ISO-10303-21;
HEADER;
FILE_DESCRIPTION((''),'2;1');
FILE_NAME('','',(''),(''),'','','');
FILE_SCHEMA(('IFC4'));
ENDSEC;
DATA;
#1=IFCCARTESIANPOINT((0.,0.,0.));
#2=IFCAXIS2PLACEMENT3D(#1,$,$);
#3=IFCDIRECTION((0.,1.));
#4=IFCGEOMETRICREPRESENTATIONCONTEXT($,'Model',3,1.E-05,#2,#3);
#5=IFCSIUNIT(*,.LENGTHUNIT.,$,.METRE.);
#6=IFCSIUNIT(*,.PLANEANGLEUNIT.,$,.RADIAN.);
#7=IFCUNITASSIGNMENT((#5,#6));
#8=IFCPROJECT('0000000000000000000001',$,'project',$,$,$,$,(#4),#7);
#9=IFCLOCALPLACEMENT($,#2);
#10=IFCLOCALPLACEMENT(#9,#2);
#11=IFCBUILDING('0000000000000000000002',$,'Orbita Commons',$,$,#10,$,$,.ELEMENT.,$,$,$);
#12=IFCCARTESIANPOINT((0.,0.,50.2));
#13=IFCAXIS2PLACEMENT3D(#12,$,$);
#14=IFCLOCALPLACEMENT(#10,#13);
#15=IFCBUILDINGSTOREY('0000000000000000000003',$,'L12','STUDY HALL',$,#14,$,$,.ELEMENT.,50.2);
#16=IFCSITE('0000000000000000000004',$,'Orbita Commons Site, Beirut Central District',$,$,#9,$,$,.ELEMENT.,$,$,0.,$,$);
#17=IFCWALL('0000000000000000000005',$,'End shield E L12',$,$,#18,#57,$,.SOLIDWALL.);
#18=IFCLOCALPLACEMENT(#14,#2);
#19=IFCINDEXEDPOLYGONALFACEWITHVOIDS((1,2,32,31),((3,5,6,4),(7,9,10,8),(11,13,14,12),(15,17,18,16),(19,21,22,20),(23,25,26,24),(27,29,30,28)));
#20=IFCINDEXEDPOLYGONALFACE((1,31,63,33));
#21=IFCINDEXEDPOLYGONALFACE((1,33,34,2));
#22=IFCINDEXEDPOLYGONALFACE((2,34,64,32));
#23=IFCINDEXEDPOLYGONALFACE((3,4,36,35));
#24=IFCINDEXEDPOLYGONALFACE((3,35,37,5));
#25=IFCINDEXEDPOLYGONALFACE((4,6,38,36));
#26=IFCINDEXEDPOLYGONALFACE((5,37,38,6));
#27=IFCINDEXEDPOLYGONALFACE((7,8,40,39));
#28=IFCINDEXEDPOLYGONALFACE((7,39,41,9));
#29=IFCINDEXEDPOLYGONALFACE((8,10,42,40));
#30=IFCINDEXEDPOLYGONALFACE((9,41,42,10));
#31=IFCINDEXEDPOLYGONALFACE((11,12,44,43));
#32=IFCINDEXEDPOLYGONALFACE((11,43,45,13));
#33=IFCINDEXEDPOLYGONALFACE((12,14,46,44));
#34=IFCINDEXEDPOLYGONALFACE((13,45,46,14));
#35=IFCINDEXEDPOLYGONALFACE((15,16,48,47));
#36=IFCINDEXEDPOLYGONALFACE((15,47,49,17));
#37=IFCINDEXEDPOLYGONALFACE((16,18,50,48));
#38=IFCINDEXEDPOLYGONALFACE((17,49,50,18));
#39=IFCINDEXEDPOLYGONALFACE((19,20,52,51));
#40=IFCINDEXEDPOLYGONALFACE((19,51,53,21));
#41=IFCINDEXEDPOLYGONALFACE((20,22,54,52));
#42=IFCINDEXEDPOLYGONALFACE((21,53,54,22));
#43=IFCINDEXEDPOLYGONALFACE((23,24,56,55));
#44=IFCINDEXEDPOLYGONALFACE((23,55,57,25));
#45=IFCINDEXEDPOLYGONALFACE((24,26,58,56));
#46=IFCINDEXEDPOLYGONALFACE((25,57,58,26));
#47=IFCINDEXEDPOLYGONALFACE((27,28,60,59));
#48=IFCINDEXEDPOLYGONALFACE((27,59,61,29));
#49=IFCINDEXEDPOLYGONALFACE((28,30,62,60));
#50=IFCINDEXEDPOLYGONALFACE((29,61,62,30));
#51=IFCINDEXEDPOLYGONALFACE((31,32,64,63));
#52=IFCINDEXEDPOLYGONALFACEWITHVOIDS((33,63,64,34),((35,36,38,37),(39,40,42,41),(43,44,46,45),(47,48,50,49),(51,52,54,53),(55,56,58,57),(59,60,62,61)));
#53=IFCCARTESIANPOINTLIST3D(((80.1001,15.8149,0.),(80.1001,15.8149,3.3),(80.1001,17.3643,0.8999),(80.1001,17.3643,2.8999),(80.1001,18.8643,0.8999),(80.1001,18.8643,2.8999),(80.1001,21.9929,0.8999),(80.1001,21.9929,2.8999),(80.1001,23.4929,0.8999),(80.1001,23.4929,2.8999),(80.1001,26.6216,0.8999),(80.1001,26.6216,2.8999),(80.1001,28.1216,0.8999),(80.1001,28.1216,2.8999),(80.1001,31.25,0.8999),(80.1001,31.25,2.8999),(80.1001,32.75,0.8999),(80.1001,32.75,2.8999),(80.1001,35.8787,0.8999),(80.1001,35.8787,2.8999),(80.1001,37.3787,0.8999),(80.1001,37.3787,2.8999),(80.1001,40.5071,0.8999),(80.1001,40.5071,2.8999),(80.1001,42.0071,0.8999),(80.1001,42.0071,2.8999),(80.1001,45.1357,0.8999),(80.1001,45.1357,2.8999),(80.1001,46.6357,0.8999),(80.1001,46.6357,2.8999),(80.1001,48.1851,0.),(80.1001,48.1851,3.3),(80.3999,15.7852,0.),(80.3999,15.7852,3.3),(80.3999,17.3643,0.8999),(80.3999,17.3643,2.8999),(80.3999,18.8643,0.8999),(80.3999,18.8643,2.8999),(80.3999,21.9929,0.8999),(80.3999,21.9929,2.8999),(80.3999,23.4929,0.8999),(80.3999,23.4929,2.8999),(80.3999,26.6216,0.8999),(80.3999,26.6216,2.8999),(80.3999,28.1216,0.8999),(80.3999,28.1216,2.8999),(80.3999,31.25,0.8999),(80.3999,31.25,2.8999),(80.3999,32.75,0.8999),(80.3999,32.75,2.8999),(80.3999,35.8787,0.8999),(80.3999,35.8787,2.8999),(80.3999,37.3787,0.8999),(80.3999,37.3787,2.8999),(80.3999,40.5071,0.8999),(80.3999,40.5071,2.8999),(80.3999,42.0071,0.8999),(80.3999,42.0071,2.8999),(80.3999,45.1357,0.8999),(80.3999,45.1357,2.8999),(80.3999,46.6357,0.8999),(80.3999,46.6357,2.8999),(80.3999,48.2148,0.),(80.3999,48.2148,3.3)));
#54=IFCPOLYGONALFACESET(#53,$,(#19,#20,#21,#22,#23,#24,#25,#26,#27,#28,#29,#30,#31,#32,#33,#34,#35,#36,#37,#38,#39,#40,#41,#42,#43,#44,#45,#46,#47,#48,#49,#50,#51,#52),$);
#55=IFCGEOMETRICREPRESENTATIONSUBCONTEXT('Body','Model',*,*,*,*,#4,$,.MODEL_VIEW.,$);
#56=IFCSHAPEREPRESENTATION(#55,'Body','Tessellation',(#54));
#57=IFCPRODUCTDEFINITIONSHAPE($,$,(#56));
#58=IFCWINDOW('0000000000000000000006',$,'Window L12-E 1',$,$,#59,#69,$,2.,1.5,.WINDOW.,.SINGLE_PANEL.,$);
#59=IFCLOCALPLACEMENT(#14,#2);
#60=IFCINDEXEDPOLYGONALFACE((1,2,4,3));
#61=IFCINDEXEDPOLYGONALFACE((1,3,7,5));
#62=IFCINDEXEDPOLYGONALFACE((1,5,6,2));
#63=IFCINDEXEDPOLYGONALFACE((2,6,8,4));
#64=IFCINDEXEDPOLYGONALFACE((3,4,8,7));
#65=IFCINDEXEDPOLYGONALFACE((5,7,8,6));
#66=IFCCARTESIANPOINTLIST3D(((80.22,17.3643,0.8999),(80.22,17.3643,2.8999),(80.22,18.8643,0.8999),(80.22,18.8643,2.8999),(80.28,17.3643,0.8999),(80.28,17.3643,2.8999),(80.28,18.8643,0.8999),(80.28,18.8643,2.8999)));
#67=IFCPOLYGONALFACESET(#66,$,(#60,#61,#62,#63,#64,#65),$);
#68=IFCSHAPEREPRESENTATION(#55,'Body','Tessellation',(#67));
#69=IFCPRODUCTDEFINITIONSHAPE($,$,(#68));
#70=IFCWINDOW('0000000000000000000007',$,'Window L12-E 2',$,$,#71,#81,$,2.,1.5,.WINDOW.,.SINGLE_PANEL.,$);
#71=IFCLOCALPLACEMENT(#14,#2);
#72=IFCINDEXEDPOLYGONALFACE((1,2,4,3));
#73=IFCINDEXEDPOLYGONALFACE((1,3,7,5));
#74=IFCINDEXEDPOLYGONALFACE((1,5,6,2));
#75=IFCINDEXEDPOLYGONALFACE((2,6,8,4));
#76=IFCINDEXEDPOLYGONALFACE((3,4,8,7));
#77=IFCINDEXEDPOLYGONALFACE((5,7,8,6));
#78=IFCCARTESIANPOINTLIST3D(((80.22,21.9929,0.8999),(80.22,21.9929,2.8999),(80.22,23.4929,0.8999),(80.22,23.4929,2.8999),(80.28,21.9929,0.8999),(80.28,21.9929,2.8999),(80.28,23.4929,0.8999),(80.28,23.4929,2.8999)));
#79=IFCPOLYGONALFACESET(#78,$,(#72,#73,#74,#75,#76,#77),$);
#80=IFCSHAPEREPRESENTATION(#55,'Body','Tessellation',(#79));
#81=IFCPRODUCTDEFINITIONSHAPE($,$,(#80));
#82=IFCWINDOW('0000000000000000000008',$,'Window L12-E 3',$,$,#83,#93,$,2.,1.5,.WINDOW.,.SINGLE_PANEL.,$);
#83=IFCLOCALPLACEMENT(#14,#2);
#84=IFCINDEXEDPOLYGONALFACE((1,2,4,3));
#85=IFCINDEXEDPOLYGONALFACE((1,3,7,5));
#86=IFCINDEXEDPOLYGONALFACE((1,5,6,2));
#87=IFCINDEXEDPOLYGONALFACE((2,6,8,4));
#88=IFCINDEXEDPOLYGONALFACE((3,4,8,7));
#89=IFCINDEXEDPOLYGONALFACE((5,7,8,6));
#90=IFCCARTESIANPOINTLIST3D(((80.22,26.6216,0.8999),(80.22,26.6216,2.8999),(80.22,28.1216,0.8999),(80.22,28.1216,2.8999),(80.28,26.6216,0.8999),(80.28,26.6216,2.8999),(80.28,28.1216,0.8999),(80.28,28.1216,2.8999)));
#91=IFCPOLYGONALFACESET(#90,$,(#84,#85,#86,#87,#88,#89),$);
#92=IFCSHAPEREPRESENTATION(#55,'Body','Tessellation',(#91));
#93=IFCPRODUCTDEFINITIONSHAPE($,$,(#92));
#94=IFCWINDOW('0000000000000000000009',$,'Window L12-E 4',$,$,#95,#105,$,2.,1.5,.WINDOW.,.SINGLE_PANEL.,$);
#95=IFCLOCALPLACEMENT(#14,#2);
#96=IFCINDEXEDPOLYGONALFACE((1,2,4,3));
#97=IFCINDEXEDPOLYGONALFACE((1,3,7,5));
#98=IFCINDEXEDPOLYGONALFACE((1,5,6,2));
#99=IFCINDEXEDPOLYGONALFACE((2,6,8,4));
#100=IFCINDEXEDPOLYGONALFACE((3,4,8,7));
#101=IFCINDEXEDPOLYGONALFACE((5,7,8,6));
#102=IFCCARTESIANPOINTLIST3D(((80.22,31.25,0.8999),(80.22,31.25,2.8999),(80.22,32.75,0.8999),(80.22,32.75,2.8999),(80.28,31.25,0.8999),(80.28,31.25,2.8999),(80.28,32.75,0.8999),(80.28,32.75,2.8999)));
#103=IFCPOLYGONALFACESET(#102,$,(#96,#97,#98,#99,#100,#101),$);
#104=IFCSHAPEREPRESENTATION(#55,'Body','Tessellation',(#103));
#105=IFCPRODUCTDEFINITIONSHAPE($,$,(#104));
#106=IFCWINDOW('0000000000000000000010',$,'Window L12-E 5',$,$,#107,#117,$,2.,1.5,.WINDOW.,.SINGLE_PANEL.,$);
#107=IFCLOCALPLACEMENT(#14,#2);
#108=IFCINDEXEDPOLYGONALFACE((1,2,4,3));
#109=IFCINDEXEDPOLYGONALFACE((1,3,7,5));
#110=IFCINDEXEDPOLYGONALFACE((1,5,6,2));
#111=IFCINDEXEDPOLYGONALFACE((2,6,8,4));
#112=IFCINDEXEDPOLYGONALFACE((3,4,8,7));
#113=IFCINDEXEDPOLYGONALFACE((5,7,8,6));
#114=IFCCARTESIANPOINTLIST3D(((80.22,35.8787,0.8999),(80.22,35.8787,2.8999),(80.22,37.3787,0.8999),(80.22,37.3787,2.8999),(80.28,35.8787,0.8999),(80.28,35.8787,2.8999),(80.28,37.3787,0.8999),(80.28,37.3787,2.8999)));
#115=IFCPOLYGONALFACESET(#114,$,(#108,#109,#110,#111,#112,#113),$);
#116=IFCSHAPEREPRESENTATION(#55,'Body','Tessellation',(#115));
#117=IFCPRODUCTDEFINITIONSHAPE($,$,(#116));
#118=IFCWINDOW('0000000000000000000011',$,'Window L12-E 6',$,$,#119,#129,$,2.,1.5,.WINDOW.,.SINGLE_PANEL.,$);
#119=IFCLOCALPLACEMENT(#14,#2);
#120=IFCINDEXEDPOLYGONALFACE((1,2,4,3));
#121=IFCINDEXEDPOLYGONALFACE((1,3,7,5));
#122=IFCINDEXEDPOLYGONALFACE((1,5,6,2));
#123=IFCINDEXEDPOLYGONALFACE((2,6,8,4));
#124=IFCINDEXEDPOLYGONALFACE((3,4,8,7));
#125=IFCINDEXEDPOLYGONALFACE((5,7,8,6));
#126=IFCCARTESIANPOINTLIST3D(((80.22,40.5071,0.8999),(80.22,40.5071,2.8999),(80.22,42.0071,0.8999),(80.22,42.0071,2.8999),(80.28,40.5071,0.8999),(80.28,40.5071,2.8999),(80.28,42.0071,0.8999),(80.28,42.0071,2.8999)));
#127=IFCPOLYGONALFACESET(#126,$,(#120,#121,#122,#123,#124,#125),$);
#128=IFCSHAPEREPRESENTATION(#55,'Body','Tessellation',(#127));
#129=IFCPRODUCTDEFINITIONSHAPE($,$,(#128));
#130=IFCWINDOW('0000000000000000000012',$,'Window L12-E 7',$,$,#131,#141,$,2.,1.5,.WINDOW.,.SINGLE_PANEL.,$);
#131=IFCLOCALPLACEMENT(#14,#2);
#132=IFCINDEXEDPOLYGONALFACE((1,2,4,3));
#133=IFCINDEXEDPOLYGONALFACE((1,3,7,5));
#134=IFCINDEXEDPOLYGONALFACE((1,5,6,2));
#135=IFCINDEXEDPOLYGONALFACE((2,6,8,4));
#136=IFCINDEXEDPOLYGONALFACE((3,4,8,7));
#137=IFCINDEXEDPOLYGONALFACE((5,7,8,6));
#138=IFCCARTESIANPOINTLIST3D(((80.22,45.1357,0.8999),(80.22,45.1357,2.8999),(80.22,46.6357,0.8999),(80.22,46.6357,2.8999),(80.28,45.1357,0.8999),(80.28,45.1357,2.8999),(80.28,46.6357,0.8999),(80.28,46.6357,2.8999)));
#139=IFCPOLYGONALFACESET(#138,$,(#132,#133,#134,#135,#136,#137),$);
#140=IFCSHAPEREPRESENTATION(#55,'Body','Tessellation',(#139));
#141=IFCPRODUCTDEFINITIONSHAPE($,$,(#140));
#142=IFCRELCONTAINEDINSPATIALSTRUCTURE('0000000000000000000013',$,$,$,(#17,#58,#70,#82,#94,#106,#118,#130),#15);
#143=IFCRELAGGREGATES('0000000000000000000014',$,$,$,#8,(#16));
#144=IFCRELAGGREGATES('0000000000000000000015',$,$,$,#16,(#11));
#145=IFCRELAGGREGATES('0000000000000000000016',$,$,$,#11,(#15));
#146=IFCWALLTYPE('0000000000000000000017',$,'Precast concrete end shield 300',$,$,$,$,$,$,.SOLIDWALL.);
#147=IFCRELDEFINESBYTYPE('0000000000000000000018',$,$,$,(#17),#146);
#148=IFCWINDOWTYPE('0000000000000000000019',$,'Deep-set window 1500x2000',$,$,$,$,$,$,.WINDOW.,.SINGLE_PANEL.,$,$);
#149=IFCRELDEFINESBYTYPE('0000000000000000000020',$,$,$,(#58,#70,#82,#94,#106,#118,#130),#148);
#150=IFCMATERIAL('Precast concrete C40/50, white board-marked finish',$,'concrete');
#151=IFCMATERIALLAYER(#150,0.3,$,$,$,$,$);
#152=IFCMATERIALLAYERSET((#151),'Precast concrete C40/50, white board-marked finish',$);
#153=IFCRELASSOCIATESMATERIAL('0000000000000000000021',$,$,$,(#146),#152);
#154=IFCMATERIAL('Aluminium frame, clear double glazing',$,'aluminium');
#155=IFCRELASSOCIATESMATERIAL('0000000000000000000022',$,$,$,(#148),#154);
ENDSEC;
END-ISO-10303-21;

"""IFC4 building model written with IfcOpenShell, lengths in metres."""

from ifc_helpers import new_model, si_unit, direction, frame, frame_2d, origin, place, context, subcontext, project, spatial, polyline, rectangle, outline, extrude, material, layer, layer_set, type_object, element, fill, save


model = new_model("IFC4")

# Units and contexts
model_context = context("Model", 3, precision=1e-05, world=origin(), true_north=direction((0.0, 1.0)))
body_context = subcontext(model_context, "Body", "Model", "MODEL_VIEW")
ifc_project = project(units=[si_unit("LENGTHUNIT", "METRE"), si_unit("PLANEANGLEUNIT", "RADIAN")], contexts=[model_context])

# Site, building, storey
site_placement = place(None, origin())
site = spatial("IfcSite", under=ifc_project, at=site_placement, Name="Orbita Commons Site, Beirut Central District", CompositionType="ELEMENT", RefElevation=0.0)
building_placement = place(site_placement, origin())
building = spatial("IfcBuilding", under=site, at=building_placement, Name="Orbita Commons", CompositionType="ELEMENT")
storey_placement = place(building_placement, frame((0.0, 0.0, 50.2)))
storey = spatial("IfcBuildingStorey", under=building, at=storey_placement, Name="L12", Description="STUDY HALL", CompositionType="ELEMENT", Elevation=50.2)

# Wall, openings, windows
ifc_material_1 = material(Name="Precast concrete C40/50, white board-marked finish", Category="concrete")
ifc_layer_1 = layer(ifc_material_1, 0.3)
ifc_layer_set_1 = layer_set([ifc_layer_1], Name="Precast concrete C40/50, white board-marked finish")
wall_type_1 = type_object("IfcWallType", Name="Precast concrete end shield 300", PredefinedType="SOLIDWALL", material=ifc_layer_set_1)
wall_1_placement = place(storey_placement, frame((80.25, 15.8, 0.0), z_axis=(0.0, 0.0, 1.0), x_axis=(0.0, 1.0, 0.0)))
wall_1 = element("IfcWall", 1, at=wall_1_placement, inside=storey, type_object=wall_type_1, Name="End shield E L12", PredefinedType="SOLIDWALL", context=body_context, shape_type="SweptSolid", body=[
    extrude(outline(polyline([(-0.0149, -0.1499), (32.4148, -0.1499), (32.385, 0.1499), (0.0149, 0.1499), (-0.0149, -0.1499)])), origin(), (0.0, 0.0, 1.0), 3.3),
])
opening_1_placement = place(wall_1_placement, frame((1.5642, 0.0, 0.8999)))
opening_1 = element("IfcOpeningElement", 2, at=opening_1_placement, cuts=wall_1, PredefinedType="OPENING", context=body_context, shape_type="SweptSolid", body=[
    extrude(rectangle(XDim=1.5, YDim=2.0, at=frame_2d((0.75, 1.0))), frame((0.0, 0.1599, 0.0), z_axis=(0.0, -1.0, 0.0), x_axis=(1.0, 0.0, 0.0)), (0.0, 0.0, 1.0), 0.3201),
])
opening_2_placement = place(wall_1_placement, frame((6.1929, 0.0, 0.8999)))
opening_2 = element("IfcOpeningElement", 3, at=opening_2_placement, cuts=wall_1, PredefinedType="OPENING", context=body_context, shape_type="SweptSolid", body=[
    extrude(rectangle(XDim=1.5, YDim=2.0, at=frame_2d((0.75, 1.0))), frame((0.0, 0.1599, 0.0), z_axis=(0.0, -1.0, 0.0), x_axis=(1.0, 0.0, 0.0)), (0.0, 0.0, 1.0), 0.3201),
])
opening_3_placement = place(wall_1_placement, frame((10.8215, 0.0, 0.8999)))
opening_3 = element("IfcOpeningElement", 4, at=opening_3_placement, cuts=wall_1, PredefinedType="OPENING", context=body_context, shape_type="SweptSolid", body=[
    extrude(rectangle(XDim=1.5, YDim=2.0, at=frame_2d((0.75, 1.0))), frame((0.0, 0.1599, 0.0), z_axis=(0.0, -1.0, 0.0), x_axis=(1.0, 0.0, 0.0)), (0.0, 0.0, 1.0), 0.3201),
])
opening_4_placement = place(wall_1_placement, frame((15.45, 0.0, 0.8999)))
opening_4 = element("IfcOpeningElement", 5, at=opening_4_placement, cuts=wall_1, PredefinedType="OPENING", context=body_context, shape_type="SweptSolid", body=[
    extrude(rectangle(XDim=1.5, YDim=2.0, at=frame_2d((0.75, 1.0))), frame((0.0, 0.1599, 0.0), z_axis=(0.0, -1.0, 0.0), x_axis=(1.0, 0.0, 0.0)), (0.0, 0.0, 1.0), 0.3201),
])
opening_5_placement = place(wall_1_placement, frame((20.0786, 0.0, 0.8999)))
opening_5 = element("IfcOpeningElement", 6, at=opening_5_placement, cuts=wall_1, PredefinedType="OPENING", context=body_context, shape_type="SweptSolid", body=[
    extrude(rectangle(XDim=1.5, YDim=2.0, at=frame_2d((0.75, 1.0))), frame((0.0, 0.1599, 0.0), z_axis=(0.0, -1.0, 0.0), x_axis=(1.0, 0.0, 0.0)), (0.0, 0.0, 1.0), 0.3201),
])
opening_6_placement = place(wall_1_placement, frame((24.707, 0.0, 0.8999)))
opening_6 = element("IfcOpeningElement", 7, at=opening_6_placement, cuts=wall_1, PredefinedType="OPENING", context=body_context, shape_type="SweptSolid", body=[
    extrude(rectangle(XDim=1.5, YDim=2.0, at=frame_2d((0.75, 1.0))), frame((0.0, 0.1599, 0.0), z_axis=(0.0, -1.0, 0.0), x_axis=(1.0, 0.0, 0.0)), (0.0, 0.0, 1.0), 0.3201),
])
opening_7_placement = place(wall_1_placement, frame((29.3357, 0.0, 0.8999)))
opening_7 = element("IfcOpeningElement", 8, at=opening_7_placement, cuts=wall_1, PredefinedType="OPENING", context=body_context, shape_type="SweptSolid", body=[
    extrude(rectangle(XDim=1.5, YDim=2.0, at=frame_2d((0.75, 1.0))), frame((0.0, 0.1599, 0.0), z_axis=(0.0, -1.0, 0.0), x_axis=(1.0, 0.0, 0.0)), (0.0, 0.0, 1.0), 0.3201),
])
ifc_material_2 = material(Name="Aluminium frame, clear double glazing", Category="aluminium")
window_type = type_object("IfcWindowType", Name="Deep-set window 1500x2000", PartitioningType="SINGLE_PANEL", PredefinedType="WINDOW", material=ifc_material_2)
window_1_placement = place(opening_1_placement, origin())
window_1 = element("IfcWindow", 9, at=window_1_placement, inside=storey, type_object=window_type, Name="Window L12-E 1", OverallHeight=2.0, OverallWidth=1.5, PartitioningType="SINGLE_PANEL", PredefinedType="WINDOW", context=body_context, shape_type="SweptSolid", body=[
    extrude(rectangle(XDim=1.5, YDim=2.0, at=frame_2d((0.75, 1.0))), frame((0.0, 0.03, 0.0), z_axis=(0.0, -1.0, 0.0), x_axis=(1.0, 0.0, 0.0)), (0.0, 0.0, 1.0), 0.0601),
])
fill(opening_1, window_1)
window_2_placement = place(opening_2_placement, origin())
window_2 = element("IfcWindow", 10, at=window_2_placement, inside=storey, type_object=window_type, Name="Window L12-E 2", OverallHeight=2.0, OverallWidth=1.5, PartitioningType="SINGLE_PANEL", PredefinedType="WINDOW", context=body_context, shape_type="SweptSolid", body=[
    extrude(rectangle(XDim=1.5, YDim=2.0, at=frame_2d((0.75, 1.0))), frame((0.0, 0.03, 0.0), z_axis=(0.0, -1.0, 0.0), x_axis=(1.0, 0.0, 0.0)), (0.0, 0.0, 1.0), 0.0601),
])
fill(opening_2, window_2)
window_3_placement = place(opening_3_placement, origin())
window_3 = element("IfcWindow", 11, at=window_3_placement, inside=storey, type_object=window_type, Name="Window L12-E 3", OverallHeight=2.0, OverallWidth=1.5, PartitioningType="SINGLE_PANEL", PredefinedType="WINDOW", context=body_context, shape_type="SweptSolid", body=[
    extrude(rectangle(XDim=1.5, YDim=2.0, at=frame_2d((0.75, 1.0))), frame((0.0, 0.03, 0.0), z_axis=(0.0, -1.0, 0.0), x_axis=(1.0, 0.0, 0.0)), (0.0, 0.0, 1.0), 0.0601),
])
fill(opening_3, window_3)
window_4_placement = place(opening_4_placement, origin())
window_4 = element("IfcWindow", 12, at=window_4_placement, inside=storey, type_object=window_type, Name="Window L12-E 4", OverallHeight=2.0, OverallWidth=1.5, PartitioningType="SINGLE_PANEL", PredefinedType="WINDOW", context=body_context, shape_type="SweptSolid", body=[
    extrude(rectangle(XDim=1.5, YDim=2.0, at=frame_2d((0.75, 1.0))), frame((0.0, 0.03, 0.0), z_axis=(0.0, -1.0, 0.0), x_axis=(1.0, 0.0, 0.0)), (0.0, 0.0, 1.0), 0.0601),
])
fill(opening_4, window_4)
window_5_placement = place(opening_5_placement, origin())
window_5 = element("IfcWindow", 13, at=window_5_placement, inside=storey, type_object=window_type, Name="Window L12-E 5", OverallHeight=2.0, OverallWidth=1.5, PartitioningType="SINGLE_PANEL", PredefinedType="WINDOW", context=body_context, shape_type="SweptSolid", body=[
    extrude(rectangle(XDim=1.5, YDim=2.0, at=frame_2d((0.75, 1.0))), frame((0.0, 0.03, 0.0), z_axis=(0.0, -1.0, 0.0), x_axis=(1.0, 0.0, 0.0)), (0.0, 0.0, 1.0), 0.0601),
])
fill(opening_5, window_5)
window_6_placement = place(opening_6_placement, origin())
window_6 = element("IfcWindow", 14, at=window_6_placement, inside=storey, type_object=window_type, Name="Window L12-E 6", OverallHeight=2.0, OverallWidth=1.5, PartitioningType="SINGLE_PANEL", PredefinedType="WINDOW", context=body_context, shape_type="SweptSolid", body=[
    extrude(rectangle(XDim=1.5, YDim=2.0, at=frame_2d((0.75, 1.0))), frame((0.0, 0.03, 0.0), z_axis=(0.0, -1.0, 0.0), x_axis=(1.0, 0.0, 0.0)), (0.0, 0.0, 1.0), 0.0601),
])
fill(opening_6, window_6)
window_7_placement = place(opening_7_placement, origin())
window_7 = element("IfcWindow", 15, at=window_7_placement, inside=storey, type_object=window_type, Name="Window L12-E 7", OverallHeight=2.0, OverallWidth=1.5, PartitioningType="SINGLE_PANEL", PredefinedType="WINDOW", context=body_context, shape_type="SweptSolid", body=[
    extrude(rectangle(XDim=1.5, YDim=2.0, at=frame_2d((0.75, 1.0))), frame((0.0, 0.03, 0.0), z_axis=(0.0, -1.0, 0.0), x_axis=(1.0, 0.0, 0.0)), (0.0, 0.0, 1.0), 0.0601),
])
fill(opening_7, window_7)

save(model, "model.ifc")
